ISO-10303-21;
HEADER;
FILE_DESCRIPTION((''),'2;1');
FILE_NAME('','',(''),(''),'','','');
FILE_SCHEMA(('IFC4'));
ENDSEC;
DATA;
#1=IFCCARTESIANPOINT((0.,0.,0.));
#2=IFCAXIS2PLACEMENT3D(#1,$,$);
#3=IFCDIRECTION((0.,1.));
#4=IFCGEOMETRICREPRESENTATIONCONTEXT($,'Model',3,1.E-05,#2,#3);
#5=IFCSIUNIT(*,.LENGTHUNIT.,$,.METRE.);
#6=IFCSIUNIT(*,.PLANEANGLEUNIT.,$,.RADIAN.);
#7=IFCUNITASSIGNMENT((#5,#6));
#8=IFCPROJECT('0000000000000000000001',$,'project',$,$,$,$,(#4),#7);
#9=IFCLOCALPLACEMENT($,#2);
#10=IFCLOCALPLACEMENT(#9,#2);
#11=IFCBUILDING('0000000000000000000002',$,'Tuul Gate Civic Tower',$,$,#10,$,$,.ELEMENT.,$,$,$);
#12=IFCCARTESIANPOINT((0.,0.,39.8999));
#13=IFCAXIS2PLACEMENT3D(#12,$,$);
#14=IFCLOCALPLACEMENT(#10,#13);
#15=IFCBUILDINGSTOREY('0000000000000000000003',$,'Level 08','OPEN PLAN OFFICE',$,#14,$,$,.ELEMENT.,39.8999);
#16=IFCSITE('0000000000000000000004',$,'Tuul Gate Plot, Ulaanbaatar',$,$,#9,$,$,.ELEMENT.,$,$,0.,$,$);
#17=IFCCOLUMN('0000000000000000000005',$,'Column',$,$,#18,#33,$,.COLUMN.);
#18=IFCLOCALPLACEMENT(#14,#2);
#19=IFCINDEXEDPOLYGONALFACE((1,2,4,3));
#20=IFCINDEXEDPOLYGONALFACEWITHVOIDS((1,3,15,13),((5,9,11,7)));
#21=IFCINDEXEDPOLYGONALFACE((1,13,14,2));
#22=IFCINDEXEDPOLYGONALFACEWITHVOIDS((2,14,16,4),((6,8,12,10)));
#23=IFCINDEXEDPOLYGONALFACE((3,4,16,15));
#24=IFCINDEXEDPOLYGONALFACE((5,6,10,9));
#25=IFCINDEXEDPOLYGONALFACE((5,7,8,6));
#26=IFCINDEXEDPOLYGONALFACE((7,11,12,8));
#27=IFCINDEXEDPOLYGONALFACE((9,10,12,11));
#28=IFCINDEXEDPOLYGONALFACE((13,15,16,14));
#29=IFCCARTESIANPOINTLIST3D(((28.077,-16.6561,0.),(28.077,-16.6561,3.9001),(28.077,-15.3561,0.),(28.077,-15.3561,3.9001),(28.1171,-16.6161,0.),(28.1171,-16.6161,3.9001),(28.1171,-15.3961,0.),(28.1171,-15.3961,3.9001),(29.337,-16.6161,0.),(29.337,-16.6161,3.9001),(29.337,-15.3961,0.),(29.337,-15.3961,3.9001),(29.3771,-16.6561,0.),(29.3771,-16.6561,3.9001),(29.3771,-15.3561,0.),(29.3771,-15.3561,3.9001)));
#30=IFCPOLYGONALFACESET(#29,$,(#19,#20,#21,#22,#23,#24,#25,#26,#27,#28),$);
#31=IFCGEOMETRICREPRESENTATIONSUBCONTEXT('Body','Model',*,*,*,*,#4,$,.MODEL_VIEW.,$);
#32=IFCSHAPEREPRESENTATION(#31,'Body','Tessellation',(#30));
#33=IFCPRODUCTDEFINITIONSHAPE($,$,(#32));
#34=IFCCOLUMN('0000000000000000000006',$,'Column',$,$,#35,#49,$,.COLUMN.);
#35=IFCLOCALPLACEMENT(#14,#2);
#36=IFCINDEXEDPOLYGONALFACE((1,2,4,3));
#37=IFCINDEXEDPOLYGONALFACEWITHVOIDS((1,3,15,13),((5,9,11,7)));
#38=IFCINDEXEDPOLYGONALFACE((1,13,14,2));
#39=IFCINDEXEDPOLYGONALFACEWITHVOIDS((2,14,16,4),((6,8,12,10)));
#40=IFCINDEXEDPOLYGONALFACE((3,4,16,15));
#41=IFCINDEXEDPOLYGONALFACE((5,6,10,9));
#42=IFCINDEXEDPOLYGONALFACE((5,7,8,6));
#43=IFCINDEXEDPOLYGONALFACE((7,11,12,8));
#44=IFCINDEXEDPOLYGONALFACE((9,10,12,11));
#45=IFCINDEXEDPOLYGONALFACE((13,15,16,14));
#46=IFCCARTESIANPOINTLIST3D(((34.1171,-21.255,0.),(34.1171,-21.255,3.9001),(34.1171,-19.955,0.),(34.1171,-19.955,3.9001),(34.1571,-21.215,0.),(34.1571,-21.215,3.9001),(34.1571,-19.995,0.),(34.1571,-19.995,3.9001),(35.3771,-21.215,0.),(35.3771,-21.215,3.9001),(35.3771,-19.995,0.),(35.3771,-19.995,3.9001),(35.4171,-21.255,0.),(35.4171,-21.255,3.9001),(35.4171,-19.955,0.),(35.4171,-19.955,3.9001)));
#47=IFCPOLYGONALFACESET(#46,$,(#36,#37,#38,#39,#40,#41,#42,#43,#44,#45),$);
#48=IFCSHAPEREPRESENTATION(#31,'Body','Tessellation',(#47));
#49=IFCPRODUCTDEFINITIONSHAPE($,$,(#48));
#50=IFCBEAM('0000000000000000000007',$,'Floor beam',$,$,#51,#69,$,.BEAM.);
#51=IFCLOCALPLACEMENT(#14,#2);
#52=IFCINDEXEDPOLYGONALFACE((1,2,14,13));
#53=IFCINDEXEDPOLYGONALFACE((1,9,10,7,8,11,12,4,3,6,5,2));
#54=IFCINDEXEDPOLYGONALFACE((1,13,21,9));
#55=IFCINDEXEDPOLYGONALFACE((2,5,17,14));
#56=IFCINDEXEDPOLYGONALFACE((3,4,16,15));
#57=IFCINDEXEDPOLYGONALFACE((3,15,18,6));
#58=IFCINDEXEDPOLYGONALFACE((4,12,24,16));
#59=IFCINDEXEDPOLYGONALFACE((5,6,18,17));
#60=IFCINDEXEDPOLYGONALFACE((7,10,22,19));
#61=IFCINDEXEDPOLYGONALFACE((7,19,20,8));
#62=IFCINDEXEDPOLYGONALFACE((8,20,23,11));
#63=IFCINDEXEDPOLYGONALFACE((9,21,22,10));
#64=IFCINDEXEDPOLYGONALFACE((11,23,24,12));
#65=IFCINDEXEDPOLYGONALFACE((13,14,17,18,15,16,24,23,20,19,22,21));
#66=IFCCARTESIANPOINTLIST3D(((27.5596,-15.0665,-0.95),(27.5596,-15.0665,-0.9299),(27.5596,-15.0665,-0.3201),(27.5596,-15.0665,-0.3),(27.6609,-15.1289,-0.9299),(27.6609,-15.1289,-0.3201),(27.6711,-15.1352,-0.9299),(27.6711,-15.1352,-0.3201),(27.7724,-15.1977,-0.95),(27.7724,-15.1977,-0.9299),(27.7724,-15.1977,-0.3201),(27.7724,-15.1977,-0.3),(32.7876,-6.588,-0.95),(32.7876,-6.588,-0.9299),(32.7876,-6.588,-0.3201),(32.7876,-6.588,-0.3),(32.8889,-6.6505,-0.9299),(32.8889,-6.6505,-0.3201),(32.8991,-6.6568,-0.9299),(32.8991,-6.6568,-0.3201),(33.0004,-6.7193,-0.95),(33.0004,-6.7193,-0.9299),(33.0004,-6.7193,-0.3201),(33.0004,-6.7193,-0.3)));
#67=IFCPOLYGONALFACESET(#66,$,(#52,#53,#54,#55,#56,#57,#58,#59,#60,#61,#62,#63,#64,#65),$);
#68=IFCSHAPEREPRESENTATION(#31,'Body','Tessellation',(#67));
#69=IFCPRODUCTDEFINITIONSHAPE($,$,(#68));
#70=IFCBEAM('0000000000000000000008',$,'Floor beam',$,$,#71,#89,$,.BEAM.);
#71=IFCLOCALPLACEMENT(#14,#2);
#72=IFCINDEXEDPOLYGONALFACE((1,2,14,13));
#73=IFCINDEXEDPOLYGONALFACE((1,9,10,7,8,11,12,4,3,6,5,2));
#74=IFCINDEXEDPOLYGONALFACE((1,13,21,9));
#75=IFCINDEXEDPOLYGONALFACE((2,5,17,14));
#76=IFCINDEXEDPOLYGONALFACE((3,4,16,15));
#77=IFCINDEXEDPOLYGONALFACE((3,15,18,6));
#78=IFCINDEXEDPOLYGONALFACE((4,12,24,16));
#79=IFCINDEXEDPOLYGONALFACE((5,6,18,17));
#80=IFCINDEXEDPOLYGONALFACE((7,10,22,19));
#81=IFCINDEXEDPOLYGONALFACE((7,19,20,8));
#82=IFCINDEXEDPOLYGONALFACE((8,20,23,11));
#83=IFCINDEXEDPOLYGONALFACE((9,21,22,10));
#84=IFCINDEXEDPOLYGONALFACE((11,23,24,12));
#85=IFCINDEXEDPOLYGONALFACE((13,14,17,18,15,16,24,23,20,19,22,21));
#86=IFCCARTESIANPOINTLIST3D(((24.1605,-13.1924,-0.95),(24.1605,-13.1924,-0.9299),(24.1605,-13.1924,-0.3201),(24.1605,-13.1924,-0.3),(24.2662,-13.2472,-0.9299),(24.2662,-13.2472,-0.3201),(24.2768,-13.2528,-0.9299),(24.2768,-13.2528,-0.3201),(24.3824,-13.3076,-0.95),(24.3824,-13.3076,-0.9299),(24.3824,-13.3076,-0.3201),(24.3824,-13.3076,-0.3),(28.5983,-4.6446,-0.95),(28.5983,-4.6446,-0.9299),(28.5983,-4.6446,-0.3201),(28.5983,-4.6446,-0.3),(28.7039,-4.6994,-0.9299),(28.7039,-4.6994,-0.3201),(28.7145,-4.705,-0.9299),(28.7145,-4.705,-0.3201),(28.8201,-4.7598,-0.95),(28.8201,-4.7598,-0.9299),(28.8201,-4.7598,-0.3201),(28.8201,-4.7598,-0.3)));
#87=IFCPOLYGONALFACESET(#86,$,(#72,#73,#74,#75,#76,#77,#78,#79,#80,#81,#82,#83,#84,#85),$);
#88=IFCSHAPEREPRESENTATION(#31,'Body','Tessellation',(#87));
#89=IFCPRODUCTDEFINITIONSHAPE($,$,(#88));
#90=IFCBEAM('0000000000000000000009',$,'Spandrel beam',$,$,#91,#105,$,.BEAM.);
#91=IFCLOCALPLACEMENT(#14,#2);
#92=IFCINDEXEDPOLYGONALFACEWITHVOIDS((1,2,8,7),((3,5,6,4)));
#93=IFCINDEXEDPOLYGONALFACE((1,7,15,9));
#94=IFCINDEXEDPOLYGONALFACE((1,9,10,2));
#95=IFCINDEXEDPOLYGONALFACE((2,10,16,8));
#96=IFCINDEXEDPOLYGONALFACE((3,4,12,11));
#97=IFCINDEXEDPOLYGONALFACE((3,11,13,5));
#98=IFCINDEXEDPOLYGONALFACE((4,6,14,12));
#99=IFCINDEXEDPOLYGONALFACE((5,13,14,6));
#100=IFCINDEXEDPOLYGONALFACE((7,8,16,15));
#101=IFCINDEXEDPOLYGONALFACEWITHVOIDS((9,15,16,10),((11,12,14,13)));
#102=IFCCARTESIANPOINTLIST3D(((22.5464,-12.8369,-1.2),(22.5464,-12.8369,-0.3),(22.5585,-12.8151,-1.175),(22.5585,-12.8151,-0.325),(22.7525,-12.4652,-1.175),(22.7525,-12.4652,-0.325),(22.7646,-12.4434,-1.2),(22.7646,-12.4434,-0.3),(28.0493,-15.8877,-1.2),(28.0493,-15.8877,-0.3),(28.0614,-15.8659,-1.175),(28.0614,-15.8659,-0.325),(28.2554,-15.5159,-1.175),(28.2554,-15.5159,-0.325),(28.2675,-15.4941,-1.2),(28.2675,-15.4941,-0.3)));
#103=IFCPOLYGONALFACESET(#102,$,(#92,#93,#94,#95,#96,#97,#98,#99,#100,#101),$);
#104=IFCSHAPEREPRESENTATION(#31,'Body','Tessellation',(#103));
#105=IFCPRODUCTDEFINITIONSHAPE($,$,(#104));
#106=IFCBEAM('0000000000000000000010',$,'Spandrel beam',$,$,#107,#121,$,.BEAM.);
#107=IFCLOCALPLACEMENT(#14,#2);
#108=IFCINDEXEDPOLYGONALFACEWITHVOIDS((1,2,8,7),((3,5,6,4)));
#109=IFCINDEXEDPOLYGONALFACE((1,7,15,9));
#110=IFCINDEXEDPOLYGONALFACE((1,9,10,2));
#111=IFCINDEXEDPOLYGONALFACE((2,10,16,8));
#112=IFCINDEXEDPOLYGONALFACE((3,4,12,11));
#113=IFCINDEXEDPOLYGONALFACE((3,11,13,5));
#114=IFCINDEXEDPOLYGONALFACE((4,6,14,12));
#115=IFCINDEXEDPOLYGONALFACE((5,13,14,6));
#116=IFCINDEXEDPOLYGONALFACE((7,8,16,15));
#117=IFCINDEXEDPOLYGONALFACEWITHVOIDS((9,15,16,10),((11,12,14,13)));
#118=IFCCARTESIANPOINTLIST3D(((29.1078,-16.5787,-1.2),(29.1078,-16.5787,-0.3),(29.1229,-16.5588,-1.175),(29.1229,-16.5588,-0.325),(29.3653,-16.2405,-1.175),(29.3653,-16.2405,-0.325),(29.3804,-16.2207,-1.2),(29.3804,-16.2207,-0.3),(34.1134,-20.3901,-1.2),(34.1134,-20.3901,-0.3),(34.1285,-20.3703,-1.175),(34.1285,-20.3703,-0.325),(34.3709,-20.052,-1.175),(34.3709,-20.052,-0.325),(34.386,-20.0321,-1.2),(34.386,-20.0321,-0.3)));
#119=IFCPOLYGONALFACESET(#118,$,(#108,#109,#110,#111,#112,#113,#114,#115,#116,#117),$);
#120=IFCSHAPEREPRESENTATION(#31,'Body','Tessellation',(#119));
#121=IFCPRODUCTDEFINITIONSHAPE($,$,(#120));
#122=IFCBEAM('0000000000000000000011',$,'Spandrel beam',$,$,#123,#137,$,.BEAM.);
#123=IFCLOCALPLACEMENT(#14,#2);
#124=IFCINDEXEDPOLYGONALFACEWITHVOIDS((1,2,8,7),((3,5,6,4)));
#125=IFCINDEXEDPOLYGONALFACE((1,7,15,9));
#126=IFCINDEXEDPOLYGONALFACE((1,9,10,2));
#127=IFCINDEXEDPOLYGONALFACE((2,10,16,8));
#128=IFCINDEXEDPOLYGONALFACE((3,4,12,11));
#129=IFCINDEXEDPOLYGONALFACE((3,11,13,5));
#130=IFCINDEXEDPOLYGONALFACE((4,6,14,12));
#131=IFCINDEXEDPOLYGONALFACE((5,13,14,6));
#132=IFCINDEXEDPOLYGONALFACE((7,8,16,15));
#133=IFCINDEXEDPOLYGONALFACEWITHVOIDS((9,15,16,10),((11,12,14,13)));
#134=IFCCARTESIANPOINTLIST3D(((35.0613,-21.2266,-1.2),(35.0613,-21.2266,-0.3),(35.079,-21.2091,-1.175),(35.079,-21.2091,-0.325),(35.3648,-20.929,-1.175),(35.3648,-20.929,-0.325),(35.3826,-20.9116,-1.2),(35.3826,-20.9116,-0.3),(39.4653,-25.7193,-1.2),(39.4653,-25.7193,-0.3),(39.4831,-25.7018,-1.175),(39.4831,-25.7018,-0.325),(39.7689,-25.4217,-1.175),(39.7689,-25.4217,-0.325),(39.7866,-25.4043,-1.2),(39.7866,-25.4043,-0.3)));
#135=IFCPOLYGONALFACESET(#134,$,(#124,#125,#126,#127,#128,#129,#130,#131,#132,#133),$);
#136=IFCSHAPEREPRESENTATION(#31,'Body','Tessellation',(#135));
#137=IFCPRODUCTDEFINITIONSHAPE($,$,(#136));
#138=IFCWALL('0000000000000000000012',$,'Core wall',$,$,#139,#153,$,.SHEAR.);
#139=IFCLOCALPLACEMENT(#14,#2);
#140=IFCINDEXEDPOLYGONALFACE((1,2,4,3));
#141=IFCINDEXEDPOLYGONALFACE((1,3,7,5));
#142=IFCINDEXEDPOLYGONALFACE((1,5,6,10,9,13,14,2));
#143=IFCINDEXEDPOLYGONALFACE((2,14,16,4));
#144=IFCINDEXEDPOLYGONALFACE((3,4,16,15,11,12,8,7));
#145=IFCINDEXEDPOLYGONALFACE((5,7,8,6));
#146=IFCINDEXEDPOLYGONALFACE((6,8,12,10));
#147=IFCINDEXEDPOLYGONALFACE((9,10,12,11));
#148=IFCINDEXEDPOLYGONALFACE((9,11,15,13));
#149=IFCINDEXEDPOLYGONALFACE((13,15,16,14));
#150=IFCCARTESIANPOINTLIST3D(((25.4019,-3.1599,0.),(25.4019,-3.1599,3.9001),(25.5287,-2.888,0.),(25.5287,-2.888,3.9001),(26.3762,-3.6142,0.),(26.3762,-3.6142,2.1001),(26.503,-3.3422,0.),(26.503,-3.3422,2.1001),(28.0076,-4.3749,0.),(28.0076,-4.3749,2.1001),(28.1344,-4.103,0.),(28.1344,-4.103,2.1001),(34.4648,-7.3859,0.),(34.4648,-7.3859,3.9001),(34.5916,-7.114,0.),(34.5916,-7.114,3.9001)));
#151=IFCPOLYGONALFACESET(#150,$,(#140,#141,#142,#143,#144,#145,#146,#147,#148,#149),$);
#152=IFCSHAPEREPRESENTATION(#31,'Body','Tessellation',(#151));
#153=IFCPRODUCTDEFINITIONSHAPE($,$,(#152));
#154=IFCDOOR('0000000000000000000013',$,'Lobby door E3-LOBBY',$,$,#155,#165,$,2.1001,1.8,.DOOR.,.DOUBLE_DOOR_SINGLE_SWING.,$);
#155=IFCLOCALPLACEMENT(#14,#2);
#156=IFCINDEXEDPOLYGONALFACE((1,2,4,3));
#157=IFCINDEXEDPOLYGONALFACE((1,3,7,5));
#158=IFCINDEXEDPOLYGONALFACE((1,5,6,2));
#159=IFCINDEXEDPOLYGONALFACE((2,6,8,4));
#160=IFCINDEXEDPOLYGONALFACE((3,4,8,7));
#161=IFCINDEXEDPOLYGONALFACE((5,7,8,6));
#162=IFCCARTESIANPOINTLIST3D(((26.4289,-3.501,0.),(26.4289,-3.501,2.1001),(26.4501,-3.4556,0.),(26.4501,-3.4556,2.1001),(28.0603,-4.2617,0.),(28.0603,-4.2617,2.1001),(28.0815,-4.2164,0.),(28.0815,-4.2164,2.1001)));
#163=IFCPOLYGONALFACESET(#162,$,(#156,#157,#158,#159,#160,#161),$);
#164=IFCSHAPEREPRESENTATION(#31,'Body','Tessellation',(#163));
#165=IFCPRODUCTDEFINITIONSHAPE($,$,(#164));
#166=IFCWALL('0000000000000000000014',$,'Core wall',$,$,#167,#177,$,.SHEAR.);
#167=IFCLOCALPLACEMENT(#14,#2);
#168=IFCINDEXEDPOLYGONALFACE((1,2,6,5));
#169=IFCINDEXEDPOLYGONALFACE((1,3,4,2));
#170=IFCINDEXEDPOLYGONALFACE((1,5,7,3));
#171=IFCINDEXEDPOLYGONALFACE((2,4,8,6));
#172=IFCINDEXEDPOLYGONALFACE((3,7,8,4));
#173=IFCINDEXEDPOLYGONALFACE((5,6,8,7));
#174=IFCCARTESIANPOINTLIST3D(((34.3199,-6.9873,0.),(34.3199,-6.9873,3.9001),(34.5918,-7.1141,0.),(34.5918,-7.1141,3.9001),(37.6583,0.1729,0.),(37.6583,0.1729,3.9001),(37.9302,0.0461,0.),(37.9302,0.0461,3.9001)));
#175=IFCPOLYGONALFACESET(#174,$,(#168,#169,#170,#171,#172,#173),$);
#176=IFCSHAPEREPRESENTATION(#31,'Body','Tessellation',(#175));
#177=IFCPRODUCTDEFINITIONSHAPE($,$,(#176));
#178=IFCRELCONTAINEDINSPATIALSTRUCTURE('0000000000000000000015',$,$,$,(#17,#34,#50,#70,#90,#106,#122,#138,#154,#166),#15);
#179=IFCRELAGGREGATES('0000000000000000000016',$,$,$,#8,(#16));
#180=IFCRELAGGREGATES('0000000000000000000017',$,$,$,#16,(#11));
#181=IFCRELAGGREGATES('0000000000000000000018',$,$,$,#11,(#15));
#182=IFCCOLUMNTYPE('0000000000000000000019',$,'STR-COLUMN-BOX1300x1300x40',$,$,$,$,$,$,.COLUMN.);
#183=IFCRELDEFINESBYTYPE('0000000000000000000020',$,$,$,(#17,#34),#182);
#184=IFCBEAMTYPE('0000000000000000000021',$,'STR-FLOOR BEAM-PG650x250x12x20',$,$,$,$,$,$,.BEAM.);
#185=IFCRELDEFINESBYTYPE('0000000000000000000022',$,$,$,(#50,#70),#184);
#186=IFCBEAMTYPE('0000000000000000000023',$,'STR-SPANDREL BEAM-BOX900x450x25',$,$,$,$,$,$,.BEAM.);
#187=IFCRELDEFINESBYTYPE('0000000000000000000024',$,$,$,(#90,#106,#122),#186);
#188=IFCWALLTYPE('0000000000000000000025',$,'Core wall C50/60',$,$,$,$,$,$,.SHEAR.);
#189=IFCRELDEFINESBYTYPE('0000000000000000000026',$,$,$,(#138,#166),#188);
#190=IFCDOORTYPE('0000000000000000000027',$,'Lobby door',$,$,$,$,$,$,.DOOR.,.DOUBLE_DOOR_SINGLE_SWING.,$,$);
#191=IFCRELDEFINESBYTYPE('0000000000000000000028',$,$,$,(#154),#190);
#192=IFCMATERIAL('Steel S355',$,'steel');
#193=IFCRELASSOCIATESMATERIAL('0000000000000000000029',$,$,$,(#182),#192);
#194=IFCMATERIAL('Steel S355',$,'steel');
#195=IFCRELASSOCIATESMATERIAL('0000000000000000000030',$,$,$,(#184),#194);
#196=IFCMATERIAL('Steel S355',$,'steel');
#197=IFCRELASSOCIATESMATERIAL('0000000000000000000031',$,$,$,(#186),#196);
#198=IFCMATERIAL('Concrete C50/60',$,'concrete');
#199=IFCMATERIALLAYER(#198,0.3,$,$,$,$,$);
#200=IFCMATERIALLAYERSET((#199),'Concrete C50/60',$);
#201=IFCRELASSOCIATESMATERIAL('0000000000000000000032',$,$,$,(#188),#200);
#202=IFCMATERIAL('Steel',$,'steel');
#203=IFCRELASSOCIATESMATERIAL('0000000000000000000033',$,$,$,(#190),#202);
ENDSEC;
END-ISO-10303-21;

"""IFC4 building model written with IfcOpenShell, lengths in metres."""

from ifc_helpers import new_model, si_unit, direction, frame, frame_2d, origin, origin_2d, place, context, subcontext, project, spatial, rectangle, hollow_rectangle, i_section, extrude, material, layer, layer_set, material_profile, profile_set, type_object, element, fill, save


model = new_model("IFC4")

# Units and contexts
model_context = context("Model", 3, precision=1e-05, world=origin(), true_north=direction((0.0, 1.0)))
body_context = subcontext(model_context, "Body", "Model", "MODEL_VIEW")
ifc_project = project(units=[si_unit("LENGTHUNIT", "METRE"), si_unit("PLANEANGLEUNIT", "RADIAN")], contexts=[model_context])

# Site, building, storey
site_placement = place(None, origin())
site = spatial("IfcSite", under=ifc_project, at=site_placement, Name="Tuul Gate Plot, Ulaanbaatar", CompositionType="ELEMENT", RefElevation=0.0)
building_placement = place(site_placement, origin())
building = spatial("IfcBuilding", under=site, at=building_placement, Name="Tuul Gate Civic Tower", CompositionType="ELEMENT")
storey_placement = place(building_placement, frame((0.0, 0.0, 39.8999)))
storey = spatial("IfcBuildingStorey", under=building, at=storey_placement, Name="Level 08", Description="OPEN PLAN OFFICE", CompositionType="ELEMENT", Elevation=39.8999)

# Columns
ifc_material_1 = material(Name="Steel S355", Category="steel")
ifc_material_profile_1 = material_profile(ifc_material_1, hollow_rectangle(XDim=1.3, YDim=1.3, WallThickness=0.04, at=origin_2d()), Name="BOX1300x1300x40")
ifc_profile_set_1 = profile_set([ifc_material_profile_1], Name="Steel S355")
column_type = type_object("IfcColumnType", Name="STR-COLUMN-BOX1300x1300x40", PredefinedType="COLUMN", material=ifc_profile_set_1)
for number, where, z_axis, x_axis, name in (
    (1, (28.7271, -16.0061, 0.0), (0.0, 0.0, 1.0), (1.0, 0.0, 0.0), "Column"),
    (2, (34.7671, -20.605, 0.0), (0.0, 0.0, 1.0), (1.0, 0.0, 0.0), "Column"),
):
    element("IfcColumn", number, at=place(storey_placement, frame(where, z_axis=z_axis, x_axis=x_axis)), inside=storey, type_object=column_type, Name=name, PredefinedType="COLUMN", context=body_context, shape_type="SweptSolid", body=[
        extrude(hollow_rectangle(XDim=1.3, YDim=1.3, WallThickness=0.04, at=origin_2d()), origin(), (0.0, 0.0, 1.0), 3.9001),
    ])

# Beams
ifc_material_2 = material(Name="Steel S355", Category="steel")
ifc_material_profile_2 = material_profile(ifc_material_2, i_section(OverallWidth=0.25, OverallDepth=0.6499, WebThickness=0.012, FlangeThickness=0.02, at=origin_2d()), Name="PG650x250x12x20")
ifc_profile_set_2 = profile_set([ifc_material_profile_2], Name="Steel S355")
beam_type_1 = type_object("IfcBeamType", Name="STR-FLOOR BEAM-PG650x250x12x20", PredefinedType="BEAM", material=ifc_profile_set_2)
beam_1_placement = place(storey_placement, frame((27.666, -15.1321, -0.625), z_axis=(0.52486, 0.851188, 0.0), x_axis=(-0.851188, 0.52486, 0.0)))
element("IfcBeam", 3, at=beam_1_placement, inside=storey, type_object=beam_type_1, Name="Floor beam", PredefinedType="BEAM", context=body_context, shape_type="SweptSolid", body=[
    extrude(i_section(OverallWidth=0.25, OverallDepth=0.6499, WebThickness=0.012, FlangeThickness=0.02, at=origin_2d()), origin(), (0.0, 0.0, 1.0), 9.9607),
])
beam_2_placement = place(storey_placement, frame((24.2715, -13.25, -0.625), z_axis=(0.460769, 0.88752, 0.0), x_axis=(-0.88752, 0.460769, 0.0)))
element("IfcBeam", 4, at=beam_2_placement, inside=storey, type_object=beam_type_1, Name="Floor beam", PredefinedType="BEAM", context=body_context, shape_type="SweptSolid", body=[
    extrude(i_section(OverallWidth=0.25, OverallDepth=0.6499, WebThickness=0.012, FlangeThickness=0.02, at=origin_2d()), origin(), (0.0, 0.0, 1.0), 9.6311),
])
ifc_material_3 = material(Name="Steel S355", Category="steel")
ifc_material_profile_3 = material_profile(ifc_material_3, hollow_rectangle(XDim=0.45, YDim=0.8999, WallThickness=0.0249, at=origin_2d()), Name="BOX900x450x25")
ifc_profile_set_3 = profile_set([ifc_material_profile_3], Name="Steel S355")
beam_type_2 = type_object("IfcBeamType", Name="STR-SPANDREL BEAM-BOX900x450x25", PredefinedType="BEAM", material=ifc_profile_set_3)
beam_3_placement = place(storey_placement, frame((22.6555, -12.6401, -0.75), z_axis=(0.874589, -0.484865, 0.0), x_axis=(0.484865, 0.874589, 0.0)))
element("IfcBeam", 5, at=beam_3_placement, inside=storey, type_object=beam_type_2, Name="Spandrel beam", PredefinedType="BEAM", context=body_context, shape_type="SweptSolid", body=[
    extrude(hollow_rectangle(XDim=0.45, YDim=0.8999, WallThickness=0.0249, at=origin_2d()), origin(), (0.0, 0.0, 1.0), 6.292),
])
beam_4_placement = place(storey_placement, frame((29.2441, -16.3997, -0.75), z_axis=(0.795606, -0.605814, 0.0), x_axis=(0.605814, 0.795606, 0.0)))
element("IfcBeam", 6, at=beam_4_placement, inside=storey, type_object=beam_type_2, Name="Spandrel beam", PredefinedType="BEAM", context=body_context, shape_type="SweptSolid", body=[
    extrude(hollow_rectangle(XDim=0.45, YDim=0.8999, WallThickness=0.0249, at=origin_2d()), origin(), (0.0, 0.0, 1.0), 6.2915),
])
beam_5_placement = place(storey_placement, frame((35.2219, -21.0691, -0.75), z_axis=(0.700028, -0.714115, 0.0), x_axis=(0.714115, 0.700028, 0.0)))
element("IfcBeam", 7, at=beam_5_placement, inside=storey, type_object=beam_type_2, Name="Spandrel beam", PredefinedType="BEAM", context=body_context, shape_type="SweptSolid", body=[
    extrude(hollow_rectangle(XDim=0.45, YDim=0.8999, WallThickness=0.0249, at=origin_2d()), origin(), (0.0, 0.0, 1.0), 6.2913),
])

# Wall, opening, door
ifc_material_4 = material(Name="Concrete C50/60", Category="concrete")
ifc_layer_1 = layer(ifc_material_4, 0.3)
ifc_layer_set_1 = layer_set([ifc_layer_1], Name="Concrete C50/60")
wall_type_1 = type_object("IfcWallType", Name="Core wall C50/60", PredefinedType="SHEAR", material=ifc_layer_set_1)
wall_1_placement = place(storey_placement, frame((34.5283, -7.25, 0.0), z_axis=(0.0, 0.0, 1.0), x_axis=(-0.90631, 0.422613, 0.0)))
wall_1 = element("IfcWall", 8, at=wall_1_placement, inside=storey, type_object=wall_type_1, Name="Core wall", PredefinedType="SHEAR", context=body_context, shape_type="SweptSolid", body=[
    extrude(rectangle(XDim=9.9998, YDim=0.3, at=frame_2d((5.0, 0.0))), origin(), (0.0, 0.0, 1.0), 3.9001),
])
opening_1_placement = place(wall_1_placement, frame((7.125, 0.0, 0.0)))
opening_1 = element("IfcOpeningElement", 9, at=opening_1_placement, cuts=wall_1, PredefinedType="OPENING", context=body_context, shape_type="SweptSolid", body=[
    extrude(rectangle(XDim=1.8, YDim=2.1001, at=frame_2d((0.8999, 1.05))), frame((0.0, 0.1602, 0.0), z_axis=(0.0, -1.0, 0.0), x_axis=(1.0, 0.0, 0.0)), (0.0, 0.0, 1.0), 0.3201),
])
ifc_material_5 = material(Name="Steel", Category="steel")
door_type_1 = type_object("IfcDoorType", Name="Lobby door", OperationType="DOUBLE_DOOR_SINGLE_SWING", PredefinedType="DOOR", material=ifc_material_5)
door_1_placement = place(opening_1_placement, frame((1.8, 0.0, 0.0), z_axis=(0.0, 0.0, 1.0), x_axis=(-1.0, 0.0, 0.0)))
door_1 = element("IfcDoor", 10, at=door_1_placement, inside=storey, type_object=door_type_1, Name="Lobby door E3-LOBBY", OperationType="DOUBLE_DOOR_SINGLE_SWING", OverallHeight=2.1001, OverallWidth=1.8, PredefinedType="DOOR", context=body_context, shape_type="SweptSolid", body=[
    extrude(rectangle(XDim=1.8, YDim=2.1001, at=frame_2d((0.9001, 1.05))), frame((0.0, 0.0249, 0.0), z_axis=(0.0, -1.0, 0.0), x_axis=(1.0, 0.0, 0.0)), (0.0, 0.0, 1.0), 0.05),
])
fill(opening_1, door_1)

# Wall
wall_2_placement = place(storey_placement, frame((34.4558, -7.0508, 0.0), z_axis=(0.0, 0.0, 1.0), x_axis=(0.422571, 0.90633, 0.0)))
element("IfcWall", 11, at=wall_2_placement, inside=storey, type_object=wall_type_1, Name="Core wall", PredefinedType="SHEAR", context=body_context, shape_type="SweptSolid", body=[
    extrude(rectangle(XDim=7.9001, YDim=0.3, at=frame_2d((3.9502, 0.0))), origin(), (0.0, 0.0, 1.0), 3.9001),
])

save(model, "model.ifc")
